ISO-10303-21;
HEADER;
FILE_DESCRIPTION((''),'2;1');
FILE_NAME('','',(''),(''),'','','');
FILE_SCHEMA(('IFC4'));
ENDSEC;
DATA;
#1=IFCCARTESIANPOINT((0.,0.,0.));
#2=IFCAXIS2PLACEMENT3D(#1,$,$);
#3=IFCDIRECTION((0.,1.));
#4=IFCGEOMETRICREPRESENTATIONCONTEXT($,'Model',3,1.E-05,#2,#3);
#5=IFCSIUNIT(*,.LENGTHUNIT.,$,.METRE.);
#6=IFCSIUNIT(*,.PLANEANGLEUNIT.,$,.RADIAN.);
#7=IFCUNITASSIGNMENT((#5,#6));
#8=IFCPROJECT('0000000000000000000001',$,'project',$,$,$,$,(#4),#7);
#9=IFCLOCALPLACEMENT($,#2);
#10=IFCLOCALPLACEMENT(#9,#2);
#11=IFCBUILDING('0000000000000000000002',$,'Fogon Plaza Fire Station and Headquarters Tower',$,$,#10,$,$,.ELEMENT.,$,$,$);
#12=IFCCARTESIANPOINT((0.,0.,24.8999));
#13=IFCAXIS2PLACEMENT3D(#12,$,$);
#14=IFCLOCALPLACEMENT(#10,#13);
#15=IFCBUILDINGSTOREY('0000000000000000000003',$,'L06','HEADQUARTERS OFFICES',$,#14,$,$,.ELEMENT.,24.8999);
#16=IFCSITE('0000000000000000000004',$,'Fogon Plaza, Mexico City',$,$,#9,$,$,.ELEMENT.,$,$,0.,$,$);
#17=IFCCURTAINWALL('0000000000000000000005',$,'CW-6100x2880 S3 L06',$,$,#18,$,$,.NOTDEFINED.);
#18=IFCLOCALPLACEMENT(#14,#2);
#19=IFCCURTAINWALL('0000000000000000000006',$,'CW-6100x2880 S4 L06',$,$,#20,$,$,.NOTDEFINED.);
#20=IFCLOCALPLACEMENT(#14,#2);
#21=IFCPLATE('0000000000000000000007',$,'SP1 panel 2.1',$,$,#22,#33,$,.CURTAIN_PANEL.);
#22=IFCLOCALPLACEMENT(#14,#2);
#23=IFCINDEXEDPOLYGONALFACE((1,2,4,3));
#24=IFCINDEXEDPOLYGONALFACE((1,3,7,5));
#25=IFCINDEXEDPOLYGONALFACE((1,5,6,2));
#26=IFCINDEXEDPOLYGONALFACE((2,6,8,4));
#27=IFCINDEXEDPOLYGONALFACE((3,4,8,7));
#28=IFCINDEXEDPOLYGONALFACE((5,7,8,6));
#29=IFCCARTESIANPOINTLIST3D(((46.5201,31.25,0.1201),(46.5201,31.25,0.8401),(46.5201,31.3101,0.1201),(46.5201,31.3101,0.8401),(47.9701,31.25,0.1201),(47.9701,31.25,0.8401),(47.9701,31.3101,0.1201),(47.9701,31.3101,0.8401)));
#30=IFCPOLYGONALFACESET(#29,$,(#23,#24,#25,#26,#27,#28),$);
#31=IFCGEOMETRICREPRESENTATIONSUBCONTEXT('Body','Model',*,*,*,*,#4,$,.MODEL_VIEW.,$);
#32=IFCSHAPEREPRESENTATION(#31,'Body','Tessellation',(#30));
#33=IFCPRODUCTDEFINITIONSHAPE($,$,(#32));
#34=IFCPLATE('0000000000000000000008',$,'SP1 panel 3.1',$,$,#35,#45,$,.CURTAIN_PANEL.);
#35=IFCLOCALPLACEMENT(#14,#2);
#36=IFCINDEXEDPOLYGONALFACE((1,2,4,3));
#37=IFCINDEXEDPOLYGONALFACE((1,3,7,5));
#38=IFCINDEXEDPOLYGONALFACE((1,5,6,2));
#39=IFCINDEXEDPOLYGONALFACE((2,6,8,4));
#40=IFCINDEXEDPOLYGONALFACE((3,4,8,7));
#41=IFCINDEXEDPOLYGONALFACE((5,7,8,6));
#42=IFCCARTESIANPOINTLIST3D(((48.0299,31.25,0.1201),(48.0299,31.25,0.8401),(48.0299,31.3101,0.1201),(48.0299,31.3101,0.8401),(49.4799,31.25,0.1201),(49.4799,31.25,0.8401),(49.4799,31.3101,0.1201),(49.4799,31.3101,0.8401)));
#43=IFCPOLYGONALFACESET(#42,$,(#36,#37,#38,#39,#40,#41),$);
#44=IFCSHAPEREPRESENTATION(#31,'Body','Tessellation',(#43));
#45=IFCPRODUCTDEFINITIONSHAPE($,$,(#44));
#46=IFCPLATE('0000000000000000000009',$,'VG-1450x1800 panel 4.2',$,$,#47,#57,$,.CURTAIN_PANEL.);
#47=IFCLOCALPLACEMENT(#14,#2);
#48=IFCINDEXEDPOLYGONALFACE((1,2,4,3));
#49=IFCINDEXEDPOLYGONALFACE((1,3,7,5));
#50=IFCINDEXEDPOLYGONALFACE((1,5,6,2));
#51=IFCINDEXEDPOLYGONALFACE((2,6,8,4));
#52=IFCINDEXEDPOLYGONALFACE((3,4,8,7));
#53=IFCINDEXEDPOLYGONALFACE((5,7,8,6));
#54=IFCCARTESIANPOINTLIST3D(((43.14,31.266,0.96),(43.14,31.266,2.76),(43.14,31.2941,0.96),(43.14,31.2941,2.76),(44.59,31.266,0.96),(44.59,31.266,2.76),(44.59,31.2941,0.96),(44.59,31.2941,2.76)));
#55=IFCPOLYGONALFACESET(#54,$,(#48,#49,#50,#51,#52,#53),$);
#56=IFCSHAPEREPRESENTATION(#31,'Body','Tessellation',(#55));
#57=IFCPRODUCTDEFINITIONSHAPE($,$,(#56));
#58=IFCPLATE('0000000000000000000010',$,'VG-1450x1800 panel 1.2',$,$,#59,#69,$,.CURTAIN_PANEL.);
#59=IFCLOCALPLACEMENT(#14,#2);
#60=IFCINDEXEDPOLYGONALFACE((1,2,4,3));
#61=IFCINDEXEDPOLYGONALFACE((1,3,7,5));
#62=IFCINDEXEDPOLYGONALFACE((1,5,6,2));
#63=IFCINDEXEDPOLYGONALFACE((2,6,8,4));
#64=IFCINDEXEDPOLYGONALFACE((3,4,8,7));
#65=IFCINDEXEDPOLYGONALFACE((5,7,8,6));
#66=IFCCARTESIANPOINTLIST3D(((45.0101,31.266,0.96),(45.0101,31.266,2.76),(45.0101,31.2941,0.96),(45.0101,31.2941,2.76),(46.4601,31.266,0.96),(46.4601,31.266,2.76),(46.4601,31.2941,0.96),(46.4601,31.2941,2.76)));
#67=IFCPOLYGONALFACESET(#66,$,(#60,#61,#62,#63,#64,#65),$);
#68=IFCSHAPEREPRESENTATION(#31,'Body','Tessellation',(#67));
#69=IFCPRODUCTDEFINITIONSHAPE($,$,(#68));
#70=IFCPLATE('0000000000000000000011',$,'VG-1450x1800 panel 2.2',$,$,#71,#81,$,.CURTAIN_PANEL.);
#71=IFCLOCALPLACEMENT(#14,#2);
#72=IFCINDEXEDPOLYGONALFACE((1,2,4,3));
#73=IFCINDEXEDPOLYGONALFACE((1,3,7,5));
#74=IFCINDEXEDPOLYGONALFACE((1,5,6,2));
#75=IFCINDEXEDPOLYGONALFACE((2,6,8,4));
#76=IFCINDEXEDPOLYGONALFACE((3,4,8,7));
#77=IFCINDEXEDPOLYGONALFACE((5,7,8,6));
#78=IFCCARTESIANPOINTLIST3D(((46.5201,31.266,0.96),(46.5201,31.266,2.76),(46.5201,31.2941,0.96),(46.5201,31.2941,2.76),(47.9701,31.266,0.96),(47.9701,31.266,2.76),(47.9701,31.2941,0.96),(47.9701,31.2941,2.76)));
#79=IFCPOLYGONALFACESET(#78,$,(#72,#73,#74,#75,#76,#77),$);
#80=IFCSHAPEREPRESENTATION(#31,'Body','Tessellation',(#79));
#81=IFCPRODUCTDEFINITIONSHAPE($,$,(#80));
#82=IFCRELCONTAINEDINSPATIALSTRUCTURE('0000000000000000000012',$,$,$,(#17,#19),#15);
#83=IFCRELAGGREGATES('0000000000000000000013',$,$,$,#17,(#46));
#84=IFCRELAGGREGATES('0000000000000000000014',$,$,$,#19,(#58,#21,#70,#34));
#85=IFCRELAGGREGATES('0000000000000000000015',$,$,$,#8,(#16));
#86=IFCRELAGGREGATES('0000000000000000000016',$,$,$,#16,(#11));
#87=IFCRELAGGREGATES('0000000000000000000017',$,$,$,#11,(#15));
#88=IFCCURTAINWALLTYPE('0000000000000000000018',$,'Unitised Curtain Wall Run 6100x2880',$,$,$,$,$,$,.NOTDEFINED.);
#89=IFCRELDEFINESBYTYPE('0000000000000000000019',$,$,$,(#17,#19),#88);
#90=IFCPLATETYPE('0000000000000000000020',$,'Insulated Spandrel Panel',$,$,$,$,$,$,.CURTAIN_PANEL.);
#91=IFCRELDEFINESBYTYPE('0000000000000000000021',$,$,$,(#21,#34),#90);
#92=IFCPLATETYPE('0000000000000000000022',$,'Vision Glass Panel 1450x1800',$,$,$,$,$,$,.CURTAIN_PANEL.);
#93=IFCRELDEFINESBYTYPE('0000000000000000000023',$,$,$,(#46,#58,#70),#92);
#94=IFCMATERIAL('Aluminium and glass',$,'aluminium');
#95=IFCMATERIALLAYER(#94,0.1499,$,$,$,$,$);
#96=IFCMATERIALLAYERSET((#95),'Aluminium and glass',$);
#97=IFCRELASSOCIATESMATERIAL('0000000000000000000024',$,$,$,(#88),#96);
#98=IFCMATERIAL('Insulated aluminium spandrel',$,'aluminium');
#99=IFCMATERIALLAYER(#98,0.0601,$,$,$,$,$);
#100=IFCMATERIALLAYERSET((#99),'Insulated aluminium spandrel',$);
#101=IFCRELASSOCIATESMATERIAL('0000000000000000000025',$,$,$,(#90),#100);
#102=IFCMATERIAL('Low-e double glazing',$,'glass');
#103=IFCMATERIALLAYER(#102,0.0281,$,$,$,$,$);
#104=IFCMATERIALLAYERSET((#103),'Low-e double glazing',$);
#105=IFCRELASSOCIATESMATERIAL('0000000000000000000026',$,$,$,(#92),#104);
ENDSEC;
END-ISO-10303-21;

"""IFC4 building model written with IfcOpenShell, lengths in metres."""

from ifc_helpers import new_model, si_unit, direction, frame, origin, origin_2d, place, context, subcontext, project, spatial, rectangle, extrude, material, layer, layer_set, type_object, element, aggregate, save


model = new_model("IFC4")

# Units and contexts
model_context = context("Model", 3, precision=1e-05, world=origin(), true_north=direction((0.0, 1.0)))
body_context = subcontext(model_context, "Body", "Model", "MODEL_VIEW")
ifc_project = project(units=[si_unit("LENGTHUNIT", "METRE"), si_unit("PLANEANGLEUNIT", "RADIAN")], contexts=[model_context])

# Site, building, storey
site_placement = place(None, origin())
site = spatial("IfcSite", under=ifc_project, at=site_placement, Name="Fogon Plaza, Mexico City", CompositionType="ELEMENT", RefElevation=0.0)
building_placement = place(site_placement, origin())
building = spatial("IfcBuilding", under=site, at=building_placement, Name="Fogon Plaza Fire Station and Headquarters Tower", CompositionType="ELEMENT")
storey_placement = place(building_placement, frame((0.0, 0.0, 24.8999)))
storey = spatial("IfcBuildingStorey", under=building, at=storey_placement, Name="L06", Description="HEADQUARTERS OFFICES", CompositionType="ELEMENT", Elevation=24.8999)

# Curtain wall
ifc_material_1 = material(Name="Aluminium and glass", Category="aluminium")
ifc_layer_1 = layer(ifc_material_1, 0.1499)
ifc_layer_set_1 = layer_set([ifc_layer_1], Name="Aluminium and glass")
curtain_wall_type = type_object("IfcCurtainWallType", Name="Unitised Curtain Wall Run 6100x2880", PredefinedType="NOTDEFINED", material=ifc_layer_set_1)
curtain_wall_1_placement = place(storey_placement, origin())
curtain_wall_1 = element("IfcCurtainWall", 1, at=curtain_wall_1_placement, inside=storey, type_object=curtain_wall_type, Name="CW-6100x2880 S3 L06", PredefinedType="NOTDEFINED")

# Curtain wall, plates
curtain_wall_2_placement = place(storey_placement, origin())
curtain_wall_2 = element("IfcCurtainWall", 2, at=curtain_wall_2_placement, inside=storey, type_object=curtain_wall_type, Name="CW-6100x2880 S4 L06", PredefinedType="NOTDEFINED")
ifc_material_2 = material(Name="Insulated aluminium spandrel", Category="aluminium")
ifc_layer_2 = layer(ifc_material_2, 0.0601)
ifc_layer_set_2 = layer_set([ifc_layer_2], Name="Insulated aluminium spandrel")
plate_type_1 = type_object("IfcPlateType", Name="Insulated Spandrel Panel", PredefinedType="CURTAIN_PANEL", material=ifc_layer_set_2)
plate_1_placement = place(storey_placement, frame((47.2451, 31.28, 0.1201), z_axis=(0.0, 0.0, 1.0), x_axis=(1.0, 0.0, 0.0)))
plate_1 = element("IfcPlate", 3, at=plate_1_placement, type_object=plate_type_1, Name="SP1 panel 2.1", PredefinedType="CURTAIN_PANEL", context=body_context, shape_type="SweptSolid", body=[
    extrude(rectangle(XDim=1.45, YDim=0.0601, at=origin_2d()), origin(), (0.0, 0.0, 1.0), 0.72),
])
plate_2_placement = place(storey_placement, frame((48.7549, 31.28, 0.1201), z_axis=(0.0, 0.0, 1.0), x_axis=(1.0, 0.0, 0.0)))
plate_2 = element("IfcPlate", 4, at=plate_2_placement, type_object=plate_type_1, Name="SP1 panel 3.1", PredefinedType="CURTAIN_PANEL", context=body_context, shape_type="SweptSolid", body=[
    extrude(rectangle(XDim=1.45, YDim=0.0601, at=origin_2d()), origin(), (0.0, 0.0, 1.0), 0.72),
])

# Plates
ifc_material_3 = material(Name="Low-e double glazing", Category="glass")
ifc_layer_3 = layer(ifc_material_3, 0.0281)
ifc_layer_set_3 = layer_set([ifc_layer_3], Name="Low-e double glazing")
plate_type_2 = type_object("IfcPlateType", Name="Vision Glass Panel 1450x1800", PredefinedType="CURTAIN_PANEL", material=ifc_layer_set_3)
plate_3_placement = place(storey_placement, frame((43.865, 31.28, 0.96), z_axis=(0.0, 0.0, 1.0), x_axis=(1.0, 0.0, 0.0)))
plate_3 = element("IfcPlate", 5, at=plate_3_placement, type_object=plate_type_2, Name="VG-1450x1800 panel 4.2", PredefinedType="CURTAIN_PANEL", context=body_context, shape_type="SweptSolid", body=[
    extrude(rectangle(XDim=1.45, YDim=0.0281, at=origin_2d()), origin(), (0.0, 0.0, 1.0), 1.8),
])
aggregate(curtain_wall_1, [plate_3])
plate_4_placement = place(storey_placement, frame((45.7351, 31.28, 0.96), z_axis=(0.0, 0.0, 1.0), x_axis=(1.0, 0.0, 0.0)))
plate_4 = element("IfcPlate", 6, at=plate_4_placement, type_object=plate_type_2, Name="VG-1450x1800 panel 1.2", PredefinedType="CURTAIN_PANEL", context=body_context, shape_type="SweptSolid", body=[
    extrude(rectangle(XDim=1.45, YDim=0.0281, at=origin_2d()), origin(), (0.0, 0.0, 1.0), 1.8),
])
plate_5_placement = place(storey_placement, frame((47.2451, 31.28, 0.96), z_axis=(0.0, 0.0, 1.0), x_axis=(1.0, 0.0, 0.0)))
plate_5 = element("IfcPlate", 7, at=plate_5_placement, type_object=plate_type_2, Name="VG-1450x1800 panel 2.2", PredefinedType="CURTAIN_PANEL", context=body_context, shape_type="SweptSolid", body=[
    extrude(rectangle(XDim=1.45, YDim=0.0281, at=origin_2d()), origin(), (0.0, 0.0, 1.0), 1.8),
])
aggregate(curtain_wall_2, [plate_4, plate_1, plate_5, plate_2])

save(model, "model.ifc")
